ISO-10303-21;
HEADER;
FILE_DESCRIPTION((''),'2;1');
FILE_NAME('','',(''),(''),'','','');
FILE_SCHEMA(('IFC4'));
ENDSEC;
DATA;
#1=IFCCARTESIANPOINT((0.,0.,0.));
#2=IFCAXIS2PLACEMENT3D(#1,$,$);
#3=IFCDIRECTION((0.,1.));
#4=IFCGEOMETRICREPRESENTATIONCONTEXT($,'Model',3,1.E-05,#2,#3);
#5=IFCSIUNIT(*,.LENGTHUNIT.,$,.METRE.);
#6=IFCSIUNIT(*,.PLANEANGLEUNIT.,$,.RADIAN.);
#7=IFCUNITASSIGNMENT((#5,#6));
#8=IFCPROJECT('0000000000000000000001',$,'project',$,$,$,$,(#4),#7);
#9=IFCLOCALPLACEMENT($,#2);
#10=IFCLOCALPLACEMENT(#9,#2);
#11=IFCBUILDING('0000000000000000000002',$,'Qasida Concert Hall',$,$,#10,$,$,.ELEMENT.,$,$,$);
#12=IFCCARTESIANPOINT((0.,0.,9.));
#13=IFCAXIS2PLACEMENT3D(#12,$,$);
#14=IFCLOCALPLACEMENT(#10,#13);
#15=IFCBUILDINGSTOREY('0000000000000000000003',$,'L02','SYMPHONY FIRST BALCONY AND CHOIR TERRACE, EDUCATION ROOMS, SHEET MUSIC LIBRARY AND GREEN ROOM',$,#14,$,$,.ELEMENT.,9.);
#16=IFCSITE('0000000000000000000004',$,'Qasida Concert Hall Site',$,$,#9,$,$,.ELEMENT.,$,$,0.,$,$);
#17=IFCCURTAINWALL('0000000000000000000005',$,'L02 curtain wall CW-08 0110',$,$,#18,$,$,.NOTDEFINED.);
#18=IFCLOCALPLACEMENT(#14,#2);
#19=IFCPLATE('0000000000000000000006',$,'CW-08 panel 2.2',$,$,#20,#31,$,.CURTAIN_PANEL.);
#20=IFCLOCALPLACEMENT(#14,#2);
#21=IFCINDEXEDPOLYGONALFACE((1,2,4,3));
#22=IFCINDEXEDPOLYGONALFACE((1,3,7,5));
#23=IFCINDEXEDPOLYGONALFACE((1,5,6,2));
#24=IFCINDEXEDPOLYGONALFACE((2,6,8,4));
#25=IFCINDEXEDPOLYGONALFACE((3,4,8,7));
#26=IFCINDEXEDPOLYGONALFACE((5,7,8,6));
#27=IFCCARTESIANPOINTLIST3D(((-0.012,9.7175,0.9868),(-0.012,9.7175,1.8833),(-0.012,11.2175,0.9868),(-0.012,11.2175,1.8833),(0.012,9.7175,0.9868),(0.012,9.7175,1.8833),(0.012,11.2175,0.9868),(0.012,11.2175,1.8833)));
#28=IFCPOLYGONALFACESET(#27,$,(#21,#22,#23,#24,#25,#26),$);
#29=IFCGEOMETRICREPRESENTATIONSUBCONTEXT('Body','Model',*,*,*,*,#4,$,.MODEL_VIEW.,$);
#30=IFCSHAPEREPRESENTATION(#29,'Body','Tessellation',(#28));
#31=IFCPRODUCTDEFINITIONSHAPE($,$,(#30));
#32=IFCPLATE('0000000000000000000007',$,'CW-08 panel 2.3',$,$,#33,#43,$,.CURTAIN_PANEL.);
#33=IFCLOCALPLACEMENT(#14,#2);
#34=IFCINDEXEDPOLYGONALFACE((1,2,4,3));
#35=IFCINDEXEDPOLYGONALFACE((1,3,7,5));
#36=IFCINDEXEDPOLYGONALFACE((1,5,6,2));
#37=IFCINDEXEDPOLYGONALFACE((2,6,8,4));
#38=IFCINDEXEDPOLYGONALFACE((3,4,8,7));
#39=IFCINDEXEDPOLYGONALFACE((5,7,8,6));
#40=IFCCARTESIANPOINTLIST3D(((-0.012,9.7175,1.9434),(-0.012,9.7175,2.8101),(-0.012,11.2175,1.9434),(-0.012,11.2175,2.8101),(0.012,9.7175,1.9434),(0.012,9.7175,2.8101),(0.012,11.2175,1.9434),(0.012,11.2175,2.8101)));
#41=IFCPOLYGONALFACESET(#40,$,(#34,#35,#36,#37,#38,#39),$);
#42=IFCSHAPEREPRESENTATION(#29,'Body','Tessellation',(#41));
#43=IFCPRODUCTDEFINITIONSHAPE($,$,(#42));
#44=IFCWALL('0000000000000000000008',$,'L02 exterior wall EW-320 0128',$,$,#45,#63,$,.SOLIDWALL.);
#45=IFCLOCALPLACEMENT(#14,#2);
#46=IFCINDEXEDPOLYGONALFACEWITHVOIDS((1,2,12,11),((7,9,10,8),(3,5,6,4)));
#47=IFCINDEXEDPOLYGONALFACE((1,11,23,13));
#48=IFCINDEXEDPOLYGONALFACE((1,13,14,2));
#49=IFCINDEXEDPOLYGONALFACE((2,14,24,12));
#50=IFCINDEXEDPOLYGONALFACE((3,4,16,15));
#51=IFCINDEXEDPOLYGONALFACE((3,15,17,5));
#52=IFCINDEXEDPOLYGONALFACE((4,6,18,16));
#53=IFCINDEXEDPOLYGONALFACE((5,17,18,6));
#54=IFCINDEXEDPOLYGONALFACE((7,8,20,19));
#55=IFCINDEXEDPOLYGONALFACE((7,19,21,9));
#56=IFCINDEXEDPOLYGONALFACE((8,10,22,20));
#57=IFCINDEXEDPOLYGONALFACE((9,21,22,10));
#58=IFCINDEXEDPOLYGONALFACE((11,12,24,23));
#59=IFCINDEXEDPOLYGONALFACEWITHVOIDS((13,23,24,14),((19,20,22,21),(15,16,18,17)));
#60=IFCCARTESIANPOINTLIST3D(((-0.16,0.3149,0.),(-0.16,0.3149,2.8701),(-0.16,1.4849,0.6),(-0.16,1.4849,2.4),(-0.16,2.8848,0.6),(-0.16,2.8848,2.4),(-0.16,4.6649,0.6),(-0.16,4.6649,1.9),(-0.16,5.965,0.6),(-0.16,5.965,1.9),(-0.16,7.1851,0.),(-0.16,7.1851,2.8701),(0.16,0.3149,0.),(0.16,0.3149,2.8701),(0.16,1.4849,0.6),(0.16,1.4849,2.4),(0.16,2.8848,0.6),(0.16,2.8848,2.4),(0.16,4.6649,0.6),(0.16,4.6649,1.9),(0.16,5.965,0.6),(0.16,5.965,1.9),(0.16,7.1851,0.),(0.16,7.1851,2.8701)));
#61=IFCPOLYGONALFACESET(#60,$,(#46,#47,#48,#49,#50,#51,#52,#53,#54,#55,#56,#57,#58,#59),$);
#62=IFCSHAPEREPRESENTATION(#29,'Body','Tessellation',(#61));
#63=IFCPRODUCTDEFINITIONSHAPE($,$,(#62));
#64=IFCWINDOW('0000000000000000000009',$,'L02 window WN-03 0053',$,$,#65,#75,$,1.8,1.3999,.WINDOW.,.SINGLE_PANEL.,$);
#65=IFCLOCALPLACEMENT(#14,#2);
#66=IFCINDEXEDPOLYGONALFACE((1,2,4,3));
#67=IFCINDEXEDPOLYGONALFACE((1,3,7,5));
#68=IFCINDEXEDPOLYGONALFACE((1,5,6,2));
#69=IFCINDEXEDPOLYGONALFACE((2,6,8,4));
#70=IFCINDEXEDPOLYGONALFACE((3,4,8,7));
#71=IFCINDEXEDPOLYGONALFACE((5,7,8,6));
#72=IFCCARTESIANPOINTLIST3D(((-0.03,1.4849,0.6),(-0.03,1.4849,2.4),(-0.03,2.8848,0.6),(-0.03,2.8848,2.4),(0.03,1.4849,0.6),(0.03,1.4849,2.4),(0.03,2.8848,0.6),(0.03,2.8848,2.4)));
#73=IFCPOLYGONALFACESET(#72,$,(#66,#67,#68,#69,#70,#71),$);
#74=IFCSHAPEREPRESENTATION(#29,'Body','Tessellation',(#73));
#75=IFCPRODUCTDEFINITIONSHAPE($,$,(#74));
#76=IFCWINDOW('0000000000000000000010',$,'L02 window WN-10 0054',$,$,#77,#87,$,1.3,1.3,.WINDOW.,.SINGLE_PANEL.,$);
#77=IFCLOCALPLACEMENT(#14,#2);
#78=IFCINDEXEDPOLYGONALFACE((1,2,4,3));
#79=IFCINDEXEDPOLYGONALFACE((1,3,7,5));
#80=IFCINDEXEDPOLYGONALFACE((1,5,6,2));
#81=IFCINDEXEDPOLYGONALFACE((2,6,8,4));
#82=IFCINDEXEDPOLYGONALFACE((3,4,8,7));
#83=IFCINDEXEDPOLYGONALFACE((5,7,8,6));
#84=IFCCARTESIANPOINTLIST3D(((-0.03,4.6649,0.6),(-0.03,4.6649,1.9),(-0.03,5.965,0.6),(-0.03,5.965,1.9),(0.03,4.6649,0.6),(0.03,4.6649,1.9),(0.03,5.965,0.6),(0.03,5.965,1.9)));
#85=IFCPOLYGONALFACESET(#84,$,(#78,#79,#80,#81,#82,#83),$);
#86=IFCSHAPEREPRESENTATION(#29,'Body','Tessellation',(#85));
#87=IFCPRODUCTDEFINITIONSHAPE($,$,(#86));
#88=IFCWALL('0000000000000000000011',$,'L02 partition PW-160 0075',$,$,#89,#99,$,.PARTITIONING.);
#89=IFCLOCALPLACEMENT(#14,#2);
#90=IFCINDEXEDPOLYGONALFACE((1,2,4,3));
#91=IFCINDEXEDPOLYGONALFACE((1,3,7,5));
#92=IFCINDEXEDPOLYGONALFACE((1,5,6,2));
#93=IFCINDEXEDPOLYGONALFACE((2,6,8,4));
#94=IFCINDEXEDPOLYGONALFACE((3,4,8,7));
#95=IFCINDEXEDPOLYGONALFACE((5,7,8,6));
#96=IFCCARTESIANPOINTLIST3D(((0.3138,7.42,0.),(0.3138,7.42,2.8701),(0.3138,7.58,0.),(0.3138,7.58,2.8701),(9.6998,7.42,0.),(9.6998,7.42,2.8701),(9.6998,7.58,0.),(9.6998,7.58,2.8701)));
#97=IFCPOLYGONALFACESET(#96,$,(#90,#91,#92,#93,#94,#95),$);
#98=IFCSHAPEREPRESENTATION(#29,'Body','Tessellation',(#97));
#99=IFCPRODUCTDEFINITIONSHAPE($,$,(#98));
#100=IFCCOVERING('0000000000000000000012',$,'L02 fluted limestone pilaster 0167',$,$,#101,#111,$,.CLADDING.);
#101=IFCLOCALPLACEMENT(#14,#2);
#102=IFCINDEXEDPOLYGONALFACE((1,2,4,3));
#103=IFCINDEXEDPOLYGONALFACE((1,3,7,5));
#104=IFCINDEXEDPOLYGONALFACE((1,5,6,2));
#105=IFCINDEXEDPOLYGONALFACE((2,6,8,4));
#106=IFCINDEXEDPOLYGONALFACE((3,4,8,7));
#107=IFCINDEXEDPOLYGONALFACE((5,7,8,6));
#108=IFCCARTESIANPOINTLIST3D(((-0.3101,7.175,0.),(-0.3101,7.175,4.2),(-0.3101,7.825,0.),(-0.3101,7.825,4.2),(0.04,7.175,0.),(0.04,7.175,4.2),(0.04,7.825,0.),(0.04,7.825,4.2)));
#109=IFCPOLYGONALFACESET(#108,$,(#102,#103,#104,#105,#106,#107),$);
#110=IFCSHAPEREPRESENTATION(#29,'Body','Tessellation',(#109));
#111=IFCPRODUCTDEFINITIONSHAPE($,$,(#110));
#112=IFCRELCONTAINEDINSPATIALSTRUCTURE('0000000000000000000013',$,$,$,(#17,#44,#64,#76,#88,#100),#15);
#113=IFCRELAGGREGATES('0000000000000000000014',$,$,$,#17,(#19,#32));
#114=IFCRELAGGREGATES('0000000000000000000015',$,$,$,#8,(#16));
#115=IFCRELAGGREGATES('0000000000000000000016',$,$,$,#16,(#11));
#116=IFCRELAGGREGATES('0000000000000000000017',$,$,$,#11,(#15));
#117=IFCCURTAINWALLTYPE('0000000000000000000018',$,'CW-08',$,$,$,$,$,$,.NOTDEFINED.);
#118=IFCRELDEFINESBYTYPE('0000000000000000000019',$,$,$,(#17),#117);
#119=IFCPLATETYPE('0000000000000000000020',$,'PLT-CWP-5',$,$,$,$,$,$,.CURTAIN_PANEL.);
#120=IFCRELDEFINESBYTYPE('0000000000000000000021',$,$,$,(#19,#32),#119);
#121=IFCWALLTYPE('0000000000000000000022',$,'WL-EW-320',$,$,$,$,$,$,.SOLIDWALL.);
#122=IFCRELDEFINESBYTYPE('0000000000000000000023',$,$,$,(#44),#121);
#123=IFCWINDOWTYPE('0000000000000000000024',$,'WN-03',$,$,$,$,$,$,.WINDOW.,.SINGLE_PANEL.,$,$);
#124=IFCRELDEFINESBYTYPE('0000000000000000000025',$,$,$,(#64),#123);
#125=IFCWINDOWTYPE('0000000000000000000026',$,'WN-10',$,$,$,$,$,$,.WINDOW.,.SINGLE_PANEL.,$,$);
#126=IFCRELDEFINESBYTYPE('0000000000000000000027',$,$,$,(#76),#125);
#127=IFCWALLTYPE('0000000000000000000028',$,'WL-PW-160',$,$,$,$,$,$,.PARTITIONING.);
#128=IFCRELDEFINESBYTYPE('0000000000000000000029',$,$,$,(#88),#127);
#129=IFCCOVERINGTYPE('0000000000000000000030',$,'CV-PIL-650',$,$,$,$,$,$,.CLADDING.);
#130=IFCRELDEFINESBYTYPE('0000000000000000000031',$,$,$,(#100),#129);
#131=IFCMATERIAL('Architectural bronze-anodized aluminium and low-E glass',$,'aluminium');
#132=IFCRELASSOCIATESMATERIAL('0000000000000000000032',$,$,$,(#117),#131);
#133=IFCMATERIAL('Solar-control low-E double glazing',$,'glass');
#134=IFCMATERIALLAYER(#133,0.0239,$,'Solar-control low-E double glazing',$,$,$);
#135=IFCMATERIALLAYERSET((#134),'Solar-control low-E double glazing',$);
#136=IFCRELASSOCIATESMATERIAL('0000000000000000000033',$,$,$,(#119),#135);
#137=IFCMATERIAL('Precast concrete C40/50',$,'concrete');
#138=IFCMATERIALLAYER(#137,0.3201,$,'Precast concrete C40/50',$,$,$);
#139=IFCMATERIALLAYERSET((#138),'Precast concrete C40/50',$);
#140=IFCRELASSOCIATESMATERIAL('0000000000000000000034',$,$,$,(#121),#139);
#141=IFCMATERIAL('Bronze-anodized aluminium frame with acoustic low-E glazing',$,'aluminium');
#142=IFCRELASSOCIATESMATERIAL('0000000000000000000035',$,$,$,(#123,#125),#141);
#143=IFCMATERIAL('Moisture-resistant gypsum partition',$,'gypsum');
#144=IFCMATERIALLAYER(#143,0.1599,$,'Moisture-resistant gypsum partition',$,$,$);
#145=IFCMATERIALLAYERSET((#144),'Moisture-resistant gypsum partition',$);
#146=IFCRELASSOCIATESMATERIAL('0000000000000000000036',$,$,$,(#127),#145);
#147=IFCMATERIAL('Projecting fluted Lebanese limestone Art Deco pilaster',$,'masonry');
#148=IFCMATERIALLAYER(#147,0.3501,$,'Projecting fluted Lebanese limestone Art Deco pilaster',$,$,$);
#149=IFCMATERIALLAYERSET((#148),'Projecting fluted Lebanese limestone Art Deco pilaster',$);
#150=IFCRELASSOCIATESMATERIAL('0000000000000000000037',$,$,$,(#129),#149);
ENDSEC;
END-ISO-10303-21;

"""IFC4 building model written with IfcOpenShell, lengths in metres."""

from ifc_helpers import new_model, si_unit, direction, frame, frame_2d, origin, origin_2d, place, context, subcontext, project, spatial, rectangle, extrude, material, layer, layer_set, type_object, element, fill, aggregate, save


model = new_model("IFC4")

# Units and contexts
model_context = context("Model", 3, precision=1e-05, world=origin(), true_north=direction((0.0, 1.0)))
body_context = subcontext(model_context, "Body", "Model", "MODEL_VIEW")
ifc_project = project(units=[si_unit("LENGTHUNIT", "METRE"), si_unit("PLANEANGLEUNIT", "RADIAN")], contexts=[model_context])

# Site, building, storey
site_placement = place(None, origin())
site = spatial("IfcSite", under=ifc_project, at=site_placement, Name="Qasida Concert Hall Site", CompositionType="ELEMENT", RefElevation=0.0)
building_placement = place(site_placement, origin())
building = spatial("IfcBuilding", under=site, at=building_placement, Name="Qasida Concert Hall", CompositionType="ELEMENT")
storey_placement = place(building_placement, frame((0.0, 0.0, 9.0)))
storey = spatial("IfcBuildingStorey", under=building, at=storey_placement, Name="L02", Description="SYMPHONY FIRST BALCONY AND CHOIR TERRACE, EDUCATION ROOMS, SHEET MUSIC LIBRARY AND GREEN ROOM", CompositionType="ELEMENT", Elevation=9.0)

# Curtain wall, plates
ifc_material_1 = material(Name="Architectural bronze-anodized aluminium and low-E glass", Category="aluminium")
curtain_wall_type = type_object("IfcCurtainWallType", Name="CW-08", PredefinedType="NOTDEFINED", material=ifc_material_1)
curtain_wall_placement = place(storey_placement, origin())
curtain_wall = element("IfcCurtainWall", 1, at=curtain_wall_placement, inside=storey, type_object=curtain_wall_type, Name="L02 curtain wall CW-08 0110", PredefinedType="NOTDEFINED")
ifc_material_2 = material(Name="Solar-control low-E double glazing", Category="glass")
ifc_layer_1 = layer(ifc_material_2, 0.0239, Name="Solar-control low-E double glazing")
ifc_layer_set_1 = layer_set([ifc_layer_1], Name="Solar-control low-E double glazing")
plate_type = type_object("IfcPlateType", Name="PLT-CWP-5", PredefinedType="CURTAIN_PANEL", material=ifc_layer_set_1)
plate_1_placement = place(storey_placement, frame((0.0, 10.4675, 0.9868), z_axis=(0.0, 0.0, 1.0), x_axis=(0.0, 1.0, 0.0)))
plate_1 = element("IfcPlate", 2, at=plate_1_placement, type_object=plate_type, Name="CW-08 panel 2.2", PredefinedType="CURTAIN_PANEL", context=body_context, shape_type="SweptSolid", body=[
    extrude(rectangle(XDim=1.5, YDim=0.0239, at=origin_2d()), origin(), (0.0, 0.0, 1.0), 0.8965),
])
plate_2_placement = place(storey_placement, frame((0.0, 10.4675, 1.9434), z_axis=(0.0, 0.0, 1.0), x_axis=(0.0, 1.0, 0.0)))
plate_2 = element("IfcPlate", 3, at=plate_2_placement, type_object=plate_type, Name="CW-08 panel 2.3", PredefinedType="CURTAIN_PANEL", context=body_context, shape_type="SweptSolid", body=[
    extrude(rectangle(XDim=1.5, YDim=0.0239, at=origin_2d()), origin(), (0.0, 0.0, 1.0), 0.8667),
])
aggregate(curtain_wall, [plate_1, plate_2])

# Wall, openings, windows
ifc_material_3 = material(Name="Precast concrete C40/50", Category="concrete")
ifc_layer_2 = layer(ifc_material_3, 0.3201, Name="Precast concrete C40/50")
ifc_layer_set_2 = layer_set([ifc_layer_2], Name="Precast concrete C40/50")
wall_type_1 = type_object("IfcWallType", Name="WL-EW-320", PredefinedType="SOLIDWALL", material=ifc_layer_set_2)
wall_1_placement = place(storey_placement, frame((0.0, 0.3149, 0.0), z_axis=(0.0, 0.0, 1.0), x_axis=(0.0, 1.0, 0.0)))
wall_1 = element("IfcWall", 4, at=wall_1_placement, inside=storey, type_object=wall_type_1, Name="L02 exterior wall EW-320 0128", PredefinedType="SOLIDWALL", context=body_context, shape_type="SweptSolid", body=[
    extrude(rectangle(XDim=6.8701, YDim=0.3201, at=frame_2d((3.4351, 0.0))), origin(), (0.0, 0.0, 1.0), 2.8701),
])
opening_1_placement = place(wall_1_placement, frame((1.1699, 0.0, 0.6001)))
opening_1 = element("IfcOpeningElement", 5, at=opening_1_placement, cuts=wall_1, PredefinedType="OPENING", context=body_context, shape_type="SweptSolid", body=[
    extrude(rectangle(XDim=1.3999, YDim=1.8, at=frame_2d((0.7, 0.8999))), frame((0.0, 0.1699, 0.0), z_axis=(0.0, -1.0, 0.0), x_axis=(1.0, 0.0, 0.0)), (0.0, 0.0, 1.0), 0.3401),
])
opening_2_placement = place(wall_1_placement, frame((4.3501, 0.0, 0.6001)))
opening_2 = element("IfcOpeningElement", 6, at=opening_2_placement, cuts=wall_1, PredefinedType="OPENING", context=body_context, shape_type="SweptSolid", body=[
    extrude(rectangle(XDim=1.3, YDim=1.3, at=frame_2d((0.6499, 0.6499))), frame((0.0, 0.1699, 0.0), z_axis=(0.0, -1.0, 0.0), x_axis=(1.0, 0.0, 0.0)), (0.0, 0.0, 1.0), 0.3401),
])
ifc_material_4 = material(Name="Bronze-anodized aluminium frame with acoustic low-E glazing", Category="aluminium")
window_type_1 = type_object("IfcWindowType", Name="WN-03", PartitioningType="SINGLE_PANEL", PredefinedType="WINDOW", material=ifc_material_4)
window_1_placement = place(opening_1_placement, origin())
window_1 = element("IfcWindow", 7, at=window_1_placement, inside=storey, type_object=window_type_1, Name="L02 window WN-03 0053", OverallHeight=1.8, OverallWidth=1.3999, PartitioningType="SINGLE_PANEL", PredefinedType="WINDOW", context=body_context, shape_type="SweptSolid", body=[
    extrude(rectangle(XDim=1.3999, YDim=1.8, at=frame_2d((0.7, 0.8999))), frame((0.0, 0.03, 0.0), z_axis=(0.0, -1.0, 0.0), x_axis=(1.0, 0.0, 0.0)), (0.0, 0.0, 1.0), 0.0601),
])
fill(opening_1, window_1)
window_type_2 = type_object("IfcWindowType", Name="WN-10", PartitioningType="SINGLE_PANEL", PredefinedType="WINDOW", material=ifc_material_4)
window_2_placement = place(opening_2_placement, origin())
window_2 = element("IfcWindow", 8, at=window_2_placement, inside=storey, type_object=window_type_2, Name="L02 window WN-10 0054", OverallHeight=1.3, OverallWidth=1.3, PartitioningType="SINGLE_PANEL", PredefinedType="WINDOW", context=body_context, shape_type="SweptSolid", body=[
    extrude(rectangle(XDim=1.3, YDim=1.3, at=frame_2d((0.6499, 0.6499))), frame((0.0, 0.03, 0.0), z_axis=(0.0, -1.0, 0.0), x_axis=(1.0, 0.0, 0.0)), (0.0, 0.0, 1.0), 0.0601),
])
fill(opening_2, window_2)

# Wall
ifc_material_5 = material(Name="Moisture-resistant gypsum partition", Category="gypsum")
ifc_layer_3 = layer(ifc_material_5, 0.1599, Name="Moisture-resistant gypsum partition")
ifc_layer_set_3 = layer_set([ifc_layer_3], Name="Moisture-resistant gypsum partition")
wall_type_2 = type_object("IfcWallType", Name="WL-PW-160", PredefinedType="PARTITIONING", material=ifc_layer_set_3)
wall_2_placement = place(storey_placement, frame((0.314, 7.5, 0.0), z_axis=(0.0, 0.0, 1.0), x_axis=(1.0, 0.0, 0.0)))
element("IfcWall", 9, at=wall_2_placement, inside=storey, type_object=wall_type_2, Name="L02 partition PW-160 0075", PredefinedType="PARTITIONING", context=body_context, shape_type="SweptSolid", body=[
    extrude(rectangle(XDim=9.386, YDim=0.1599, at=frame_2d((4.6929, 0.0))), origin(), (0.0, 0.0, 1.0), 2.8701),
])

# Covering
ifc_material_6 = material(Name="Projecting fluted Lebanese limestone Art Deco pilaster", Category="masonry")
ifc_layer_4 = layer(ifc_material_6, 0.3501, Name="Projecting fluted Lebanese limestone Art Deco pilaster")
ifc_layer_set_4 = layer_set([ifc_layer_4], Name="Projecting fluted Lebanese limestone Art Deco pilaster")
covering_type = type_object("IfcCoveringType", Name="CV-PIL-650", PredefinedType="CLADDING", material=ifc_layer_set_4)
covering_placement = place(storey_placement, frame((-0.135, 7.5, 0.0), z_axis=(0.0, 0.0, 1.0), x_axis=(1.0, 0.0, 0.0)))
element("IfcCovering", 10, at=covering_placement, inside=storey, type_object=covering_type, Name="L02 fluted limestone pilaster 0167", PredefinedType="CLADDING", context=body_context, shape_type="SweptSolid", body=[
    extrude(rectangle(XDim=0.3501, YDim=0.6499, at=origin_2d()), origin(), (0.0, 0.0, 1.0), 4.2),
])

save(model, "model.ifc")
